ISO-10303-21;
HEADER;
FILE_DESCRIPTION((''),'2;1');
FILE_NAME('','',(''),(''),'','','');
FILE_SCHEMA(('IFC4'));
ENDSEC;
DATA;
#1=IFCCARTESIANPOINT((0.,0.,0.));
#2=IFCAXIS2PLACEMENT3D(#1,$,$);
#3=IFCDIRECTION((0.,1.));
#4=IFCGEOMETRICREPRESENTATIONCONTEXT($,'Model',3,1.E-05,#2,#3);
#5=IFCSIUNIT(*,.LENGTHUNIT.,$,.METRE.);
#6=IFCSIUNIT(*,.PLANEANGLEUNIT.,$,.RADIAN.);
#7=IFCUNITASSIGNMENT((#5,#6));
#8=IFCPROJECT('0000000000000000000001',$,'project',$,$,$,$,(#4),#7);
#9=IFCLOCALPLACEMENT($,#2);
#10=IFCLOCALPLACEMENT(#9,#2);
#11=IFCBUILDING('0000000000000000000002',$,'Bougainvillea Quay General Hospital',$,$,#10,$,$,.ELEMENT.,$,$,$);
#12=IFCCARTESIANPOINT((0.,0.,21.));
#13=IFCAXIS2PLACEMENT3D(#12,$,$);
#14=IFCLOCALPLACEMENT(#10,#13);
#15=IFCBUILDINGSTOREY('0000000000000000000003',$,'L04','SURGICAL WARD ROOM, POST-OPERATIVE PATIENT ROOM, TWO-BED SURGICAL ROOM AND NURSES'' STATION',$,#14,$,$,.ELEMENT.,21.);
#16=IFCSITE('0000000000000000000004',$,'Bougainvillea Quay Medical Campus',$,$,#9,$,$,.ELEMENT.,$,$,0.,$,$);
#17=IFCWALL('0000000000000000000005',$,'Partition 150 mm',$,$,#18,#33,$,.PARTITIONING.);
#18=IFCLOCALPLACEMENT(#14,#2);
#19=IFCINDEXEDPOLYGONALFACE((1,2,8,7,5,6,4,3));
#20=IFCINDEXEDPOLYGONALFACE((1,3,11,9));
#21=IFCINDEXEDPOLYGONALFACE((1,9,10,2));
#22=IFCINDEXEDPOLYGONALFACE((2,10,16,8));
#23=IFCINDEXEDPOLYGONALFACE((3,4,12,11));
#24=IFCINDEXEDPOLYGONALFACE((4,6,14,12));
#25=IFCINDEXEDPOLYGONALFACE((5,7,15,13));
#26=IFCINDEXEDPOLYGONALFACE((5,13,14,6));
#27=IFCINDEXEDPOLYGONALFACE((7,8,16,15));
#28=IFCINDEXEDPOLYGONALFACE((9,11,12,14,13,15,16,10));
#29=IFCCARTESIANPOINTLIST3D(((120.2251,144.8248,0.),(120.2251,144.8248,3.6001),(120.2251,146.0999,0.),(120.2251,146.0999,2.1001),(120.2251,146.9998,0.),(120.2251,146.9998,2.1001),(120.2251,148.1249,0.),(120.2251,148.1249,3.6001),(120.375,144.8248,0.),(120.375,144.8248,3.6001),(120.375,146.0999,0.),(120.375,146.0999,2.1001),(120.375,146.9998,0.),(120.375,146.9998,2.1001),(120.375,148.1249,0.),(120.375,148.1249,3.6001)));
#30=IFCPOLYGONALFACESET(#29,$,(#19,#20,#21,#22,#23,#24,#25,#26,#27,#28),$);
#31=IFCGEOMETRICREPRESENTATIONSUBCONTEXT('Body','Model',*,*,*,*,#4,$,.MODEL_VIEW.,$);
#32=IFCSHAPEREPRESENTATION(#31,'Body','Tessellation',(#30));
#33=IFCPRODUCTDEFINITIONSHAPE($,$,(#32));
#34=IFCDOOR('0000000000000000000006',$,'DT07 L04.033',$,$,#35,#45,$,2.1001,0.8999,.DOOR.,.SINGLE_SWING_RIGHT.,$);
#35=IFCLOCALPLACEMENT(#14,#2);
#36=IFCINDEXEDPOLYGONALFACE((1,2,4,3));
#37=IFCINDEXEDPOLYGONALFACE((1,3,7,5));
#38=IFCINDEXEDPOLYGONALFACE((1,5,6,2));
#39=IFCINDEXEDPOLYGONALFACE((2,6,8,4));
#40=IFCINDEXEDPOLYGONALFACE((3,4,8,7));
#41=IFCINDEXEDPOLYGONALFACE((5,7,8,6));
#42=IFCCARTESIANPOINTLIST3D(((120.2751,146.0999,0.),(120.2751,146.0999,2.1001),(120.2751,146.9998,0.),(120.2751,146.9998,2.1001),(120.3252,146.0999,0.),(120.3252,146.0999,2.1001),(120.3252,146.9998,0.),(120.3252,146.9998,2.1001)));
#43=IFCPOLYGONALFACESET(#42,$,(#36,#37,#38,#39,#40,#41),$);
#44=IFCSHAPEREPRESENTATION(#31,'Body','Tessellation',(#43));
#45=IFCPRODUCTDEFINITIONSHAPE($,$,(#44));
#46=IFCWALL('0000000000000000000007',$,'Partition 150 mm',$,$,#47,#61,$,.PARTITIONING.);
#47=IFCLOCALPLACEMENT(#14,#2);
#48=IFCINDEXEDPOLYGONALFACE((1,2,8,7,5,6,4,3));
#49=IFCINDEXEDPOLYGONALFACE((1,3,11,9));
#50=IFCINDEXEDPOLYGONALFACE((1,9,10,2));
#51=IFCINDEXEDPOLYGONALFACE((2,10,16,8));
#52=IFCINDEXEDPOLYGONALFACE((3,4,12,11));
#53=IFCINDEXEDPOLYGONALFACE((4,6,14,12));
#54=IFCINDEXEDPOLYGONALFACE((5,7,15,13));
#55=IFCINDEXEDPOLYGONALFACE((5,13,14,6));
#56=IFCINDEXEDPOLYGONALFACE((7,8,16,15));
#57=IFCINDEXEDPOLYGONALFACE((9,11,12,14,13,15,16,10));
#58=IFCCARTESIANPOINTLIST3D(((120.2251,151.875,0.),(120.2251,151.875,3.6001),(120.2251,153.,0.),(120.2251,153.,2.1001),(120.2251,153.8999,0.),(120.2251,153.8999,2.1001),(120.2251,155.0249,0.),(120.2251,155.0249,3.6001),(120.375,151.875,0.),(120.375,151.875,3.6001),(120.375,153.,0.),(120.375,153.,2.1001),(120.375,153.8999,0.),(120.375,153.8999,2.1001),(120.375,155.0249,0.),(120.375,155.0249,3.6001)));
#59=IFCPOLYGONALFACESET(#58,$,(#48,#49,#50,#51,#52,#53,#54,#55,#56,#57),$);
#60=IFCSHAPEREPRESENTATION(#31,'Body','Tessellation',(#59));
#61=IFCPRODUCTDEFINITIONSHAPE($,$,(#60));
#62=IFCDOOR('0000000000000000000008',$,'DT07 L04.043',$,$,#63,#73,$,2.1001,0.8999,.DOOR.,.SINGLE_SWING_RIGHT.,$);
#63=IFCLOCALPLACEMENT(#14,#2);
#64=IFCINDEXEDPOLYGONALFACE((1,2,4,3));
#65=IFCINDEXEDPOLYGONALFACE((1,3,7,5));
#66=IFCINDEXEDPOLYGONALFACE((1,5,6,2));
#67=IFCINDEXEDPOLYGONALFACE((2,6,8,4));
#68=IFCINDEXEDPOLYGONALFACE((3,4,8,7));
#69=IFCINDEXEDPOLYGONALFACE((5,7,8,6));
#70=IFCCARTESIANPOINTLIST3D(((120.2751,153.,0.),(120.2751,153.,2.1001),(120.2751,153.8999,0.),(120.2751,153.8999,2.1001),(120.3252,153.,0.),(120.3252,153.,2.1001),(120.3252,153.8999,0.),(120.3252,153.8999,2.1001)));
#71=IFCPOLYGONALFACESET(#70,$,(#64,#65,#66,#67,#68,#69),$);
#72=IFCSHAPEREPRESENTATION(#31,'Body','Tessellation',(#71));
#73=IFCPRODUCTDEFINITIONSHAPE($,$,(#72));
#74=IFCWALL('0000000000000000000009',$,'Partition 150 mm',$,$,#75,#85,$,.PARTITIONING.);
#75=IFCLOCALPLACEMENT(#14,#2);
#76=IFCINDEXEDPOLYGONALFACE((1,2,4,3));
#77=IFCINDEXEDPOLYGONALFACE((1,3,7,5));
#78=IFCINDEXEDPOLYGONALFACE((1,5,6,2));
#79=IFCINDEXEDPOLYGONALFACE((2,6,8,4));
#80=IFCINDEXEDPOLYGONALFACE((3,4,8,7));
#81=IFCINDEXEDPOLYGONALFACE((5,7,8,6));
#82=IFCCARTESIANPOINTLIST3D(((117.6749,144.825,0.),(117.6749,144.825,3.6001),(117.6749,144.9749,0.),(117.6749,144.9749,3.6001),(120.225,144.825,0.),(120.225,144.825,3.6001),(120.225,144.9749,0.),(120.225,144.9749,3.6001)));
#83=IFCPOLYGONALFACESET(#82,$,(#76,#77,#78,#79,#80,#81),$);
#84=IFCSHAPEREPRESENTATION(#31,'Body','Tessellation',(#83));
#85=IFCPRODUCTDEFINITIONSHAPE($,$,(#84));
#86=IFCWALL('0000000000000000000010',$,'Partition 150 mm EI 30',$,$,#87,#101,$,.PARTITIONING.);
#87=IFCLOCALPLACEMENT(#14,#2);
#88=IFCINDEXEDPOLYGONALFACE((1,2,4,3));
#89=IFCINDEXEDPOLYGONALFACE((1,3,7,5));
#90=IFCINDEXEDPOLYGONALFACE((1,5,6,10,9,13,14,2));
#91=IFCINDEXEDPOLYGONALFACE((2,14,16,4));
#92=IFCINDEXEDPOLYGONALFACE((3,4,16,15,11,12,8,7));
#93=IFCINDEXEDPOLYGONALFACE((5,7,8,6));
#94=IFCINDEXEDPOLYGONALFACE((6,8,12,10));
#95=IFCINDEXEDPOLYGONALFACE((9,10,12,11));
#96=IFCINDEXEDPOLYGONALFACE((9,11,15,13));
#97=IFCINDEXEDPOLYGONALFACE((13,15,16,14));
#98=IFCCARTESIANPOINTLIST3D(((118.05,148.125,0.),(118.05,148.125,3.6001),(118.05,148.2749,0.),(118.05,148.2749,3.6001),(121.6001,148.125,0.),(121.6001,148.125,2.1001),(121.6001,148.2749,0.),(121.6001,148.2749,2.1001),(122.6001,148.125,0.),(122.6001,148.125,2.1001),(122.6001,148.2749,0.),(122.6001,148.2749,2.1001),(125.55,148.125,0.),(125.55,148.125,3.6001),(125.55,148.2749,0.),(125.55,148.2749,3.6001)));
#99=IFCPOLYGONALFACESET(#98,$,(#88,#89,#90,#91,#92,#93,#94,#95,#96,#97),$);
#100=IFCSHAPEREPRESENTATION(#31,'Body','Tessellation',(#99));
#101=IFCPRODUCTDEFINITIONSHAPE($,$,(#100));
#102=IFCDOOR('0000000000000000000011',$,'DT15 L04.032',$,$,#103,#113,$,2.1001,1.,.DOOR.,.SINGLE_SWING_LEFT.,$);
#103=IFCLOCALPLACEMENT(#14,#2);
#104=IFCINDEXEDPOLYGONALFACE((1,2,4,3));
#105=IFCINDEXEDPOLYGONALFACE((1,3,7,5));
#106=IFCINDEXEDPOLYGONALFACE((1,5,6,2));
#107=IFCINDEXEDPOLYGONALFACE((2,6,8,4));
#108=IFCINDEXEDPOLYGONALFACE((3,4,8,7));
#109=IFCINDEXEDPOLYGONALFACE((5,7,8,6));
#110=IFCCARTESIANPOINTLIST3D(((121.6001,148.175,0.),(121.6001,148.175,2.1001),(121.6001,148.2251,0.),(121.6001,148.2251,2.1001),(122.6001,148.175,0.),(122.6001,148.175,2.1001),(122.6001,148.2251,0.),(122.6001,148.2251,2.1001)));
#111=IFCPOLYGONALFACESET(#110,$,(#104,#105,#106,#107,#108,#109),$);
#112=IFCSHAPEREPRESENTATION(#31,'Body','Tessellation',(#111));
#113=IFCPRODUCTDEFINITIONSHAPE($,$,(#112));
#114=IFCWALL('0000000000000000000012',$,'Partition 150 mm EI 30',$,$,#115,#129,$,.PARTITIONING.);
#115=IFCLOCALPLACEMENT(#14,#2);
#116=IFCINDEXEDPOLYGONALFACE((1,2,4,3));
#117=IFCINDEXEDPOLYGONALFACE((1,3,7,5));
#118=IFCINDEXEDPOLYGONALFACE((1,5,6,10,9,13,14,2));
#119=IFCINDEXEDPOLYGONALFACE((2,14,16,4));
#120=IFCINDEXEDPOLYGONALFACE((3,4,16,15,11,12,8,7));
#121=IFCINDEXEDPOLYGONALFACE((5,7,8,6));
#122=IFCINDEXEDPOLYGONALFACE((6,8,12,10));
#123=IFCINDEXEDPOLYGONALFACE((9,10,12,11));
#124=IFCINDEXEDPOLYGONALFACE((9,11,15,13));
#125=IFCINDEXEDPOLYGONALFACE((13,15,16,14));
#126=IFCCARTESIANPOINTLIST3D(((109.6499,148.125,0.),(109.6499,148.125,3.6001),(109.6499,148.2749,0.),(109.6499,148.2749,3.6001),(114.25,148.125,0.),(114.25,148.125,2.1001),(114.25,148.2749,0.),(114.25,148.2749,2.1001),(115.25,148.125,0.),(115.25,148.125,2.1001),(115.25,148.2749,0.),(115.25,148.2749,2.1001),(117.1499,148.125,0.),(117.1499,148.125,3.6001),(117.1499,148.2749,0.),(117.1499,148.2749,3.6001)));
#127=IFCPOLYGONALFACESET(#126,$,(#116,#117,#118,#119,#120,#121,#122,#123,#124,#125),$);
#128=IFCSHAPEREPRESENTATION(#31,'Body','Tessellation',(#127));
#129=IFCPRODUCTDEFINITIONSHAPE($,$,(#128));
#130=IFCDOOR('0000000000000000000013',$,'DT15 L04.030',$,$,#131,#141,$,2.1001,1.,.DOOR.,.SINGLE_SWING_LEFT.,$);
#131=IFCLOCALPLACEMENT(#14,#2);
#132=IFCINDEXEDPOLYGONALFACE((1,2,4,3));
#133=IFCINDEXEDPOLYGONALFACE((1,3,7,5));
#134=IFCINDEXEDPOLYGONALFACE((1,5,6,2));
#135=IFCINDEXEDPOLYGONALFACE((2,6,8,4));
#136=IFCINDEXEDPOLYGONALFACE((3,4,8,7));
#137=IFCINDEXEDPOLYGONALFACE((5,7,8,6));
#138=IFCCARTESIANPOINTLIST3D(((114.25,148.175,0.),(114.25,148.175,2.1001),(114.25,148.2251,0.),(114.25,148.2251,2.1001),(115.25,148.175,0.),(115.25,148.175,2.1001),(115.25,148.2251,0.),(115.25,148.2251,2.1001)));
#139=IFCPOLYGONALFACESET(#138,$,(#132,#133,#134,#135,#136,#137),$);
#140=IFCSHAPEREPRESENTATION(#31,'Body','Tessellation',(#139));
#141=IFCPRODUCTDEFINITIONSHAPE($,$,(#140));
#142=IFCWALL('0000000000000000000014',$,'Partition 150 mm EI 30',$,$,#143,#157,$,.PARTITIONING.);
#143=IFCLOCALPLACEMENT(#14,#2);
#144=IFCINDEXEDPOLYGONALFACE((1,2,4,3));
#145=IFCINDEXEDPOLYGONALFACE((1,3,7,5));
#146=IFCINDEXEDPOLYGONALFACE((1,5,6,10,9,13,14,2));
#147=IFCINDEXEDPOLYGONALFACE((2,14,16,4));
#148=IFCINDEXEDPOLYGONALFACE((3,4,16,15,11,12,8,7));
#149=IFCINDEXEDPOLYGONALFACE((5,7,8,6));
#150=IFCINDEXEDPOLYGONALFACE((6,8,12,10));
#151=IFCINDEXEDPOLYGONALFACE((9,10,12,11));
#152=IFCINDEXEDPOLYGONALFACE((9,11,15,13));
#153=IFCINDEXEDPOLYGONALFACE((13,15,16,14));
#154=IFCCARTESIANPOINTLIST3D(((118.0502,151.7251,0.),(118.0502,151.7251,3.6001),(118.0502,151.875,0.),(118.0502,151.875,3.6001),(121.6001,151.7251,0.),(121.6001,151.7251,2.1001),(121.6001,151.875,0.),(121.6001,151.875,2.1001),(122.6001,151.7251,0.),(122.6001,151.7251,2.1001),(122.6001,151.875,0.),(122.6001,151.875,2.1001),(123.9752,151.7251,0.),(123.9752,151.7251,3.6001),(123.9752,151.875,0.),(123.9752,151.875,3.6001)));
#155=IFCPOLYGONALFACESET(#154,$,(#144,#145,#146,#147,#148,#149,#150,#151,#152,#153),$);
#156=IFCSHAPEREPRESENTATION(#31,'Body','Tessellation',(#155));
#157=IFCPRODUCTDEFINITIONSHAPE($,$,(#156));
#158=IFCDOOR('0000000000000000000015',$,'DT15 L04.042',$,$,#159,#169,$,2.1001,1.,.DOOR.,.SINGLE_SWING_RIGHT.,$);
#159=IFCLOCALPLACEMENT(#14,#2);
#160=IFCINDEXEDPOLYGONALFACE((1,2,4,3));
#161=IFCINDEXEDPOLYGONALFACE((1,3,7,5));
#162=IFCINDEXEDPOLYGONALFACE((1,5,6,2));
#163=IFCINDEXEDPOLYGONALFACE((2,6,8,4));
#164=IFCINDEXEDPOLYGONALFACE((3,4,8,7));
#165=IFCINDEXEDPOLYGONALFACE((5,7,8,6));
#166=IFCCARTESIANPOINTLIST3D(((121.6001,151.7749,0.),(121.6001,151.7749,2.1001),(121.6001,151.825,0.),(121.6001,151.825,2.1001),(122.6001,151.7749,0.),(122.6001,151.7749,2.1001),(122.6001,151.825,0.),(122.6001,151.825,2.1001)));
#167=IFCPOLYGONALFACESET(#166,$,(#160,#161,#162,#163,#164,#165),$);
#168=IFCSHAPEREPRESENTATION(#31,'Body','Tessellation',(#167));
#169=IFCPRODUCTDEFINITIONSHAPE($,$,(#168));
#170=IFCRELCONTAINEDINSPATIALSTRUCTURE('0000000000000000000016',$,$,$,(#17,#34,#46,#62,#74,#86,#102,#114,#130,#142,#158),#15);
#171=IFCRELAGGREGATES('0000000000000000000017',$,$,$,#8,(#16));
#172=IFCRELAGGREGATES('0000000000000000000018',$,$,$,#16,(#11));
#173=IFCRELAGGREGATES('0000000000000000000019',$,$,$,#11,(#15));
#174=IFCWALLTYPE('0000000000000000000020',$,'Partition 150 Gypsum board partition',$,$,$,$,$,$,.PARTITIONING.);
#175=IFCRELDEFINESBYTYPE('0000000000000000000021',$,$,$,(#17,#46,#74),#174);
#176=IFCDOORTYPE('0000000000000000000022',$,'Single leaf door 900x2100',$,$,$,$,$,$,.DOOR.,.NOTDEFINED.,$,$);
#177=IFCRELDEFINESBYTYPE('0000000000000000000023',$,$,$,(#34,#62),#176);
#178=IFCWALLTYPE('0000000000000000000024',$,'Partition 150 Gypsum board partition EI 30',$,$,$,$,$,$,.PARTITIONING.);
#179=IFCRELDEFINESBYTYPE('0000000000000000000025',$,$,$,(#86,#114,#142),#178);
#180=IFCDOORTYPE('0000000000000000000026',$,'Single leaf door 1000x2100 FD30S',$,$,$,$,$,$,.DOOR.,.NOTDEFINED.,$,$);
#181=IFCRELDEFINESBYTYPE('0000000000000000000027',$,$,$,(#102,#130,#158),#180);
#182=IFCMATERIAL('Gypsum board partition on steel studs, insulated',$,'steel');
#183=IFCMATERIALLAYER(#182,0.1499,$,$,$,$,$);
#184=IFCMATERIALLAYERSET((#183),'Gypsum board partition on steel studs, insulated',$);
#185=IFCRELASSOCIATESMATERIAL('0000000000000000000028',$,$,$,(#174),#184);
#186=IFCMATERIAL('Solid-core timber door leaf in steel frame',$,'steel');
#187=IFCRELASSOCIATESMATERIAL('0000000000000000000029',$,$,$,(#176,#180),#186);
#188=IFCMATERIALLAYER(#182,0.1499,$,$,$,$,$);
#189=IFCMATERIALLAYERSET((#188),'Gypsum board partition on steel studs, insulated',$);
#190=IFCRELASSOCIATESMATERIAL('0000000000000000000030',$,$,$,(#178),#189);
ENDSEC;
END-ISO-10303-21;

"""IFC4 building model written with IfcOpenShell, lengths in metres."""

from ifc_helpers import new_model, si_unit, direction, frame, frame_2d, origin, place, context, subcontext, project, spatial, rectangle, extrude, material, layer, layer_set, type_object, element, fill, save


model = new_model("IFC4")

# Units and contexts
model_context = context("Model", 3, precision=1e-05, world=origin(), true_north=direction((0.0, 1.0)))
body_context = subcontext(model_context, "Body", "Model", "MODEL_VIEW")
ifc_project = project(units=[si_unit("LENGTHUNIT", "METRE"), si_unit("PLANEANGLEUNIT", "RADIAN")], contexts=[model_context])

# Site, building, storey
site_placement = place(None, origin())
site = spatial("IfcSite", under=ifc_project, at=site_placement, Name="Bougainvillea Quay Medical Campus", CompositionType="ELEMENT", RefElevation=0.0)
building_placement = place(site_placement, origin())
building = spatial("IfcBuilding", under=site, at=building_placement, Name="Bougainvillea Quay General Hospital", CompositionType="ELEMENT")
storey_placement = place(building_placement, frame((0.0, 0.0, 21.0)))
storey = spatial("IfcBuildingStorey", under=building, at=storey_placement, Name="L04", Description="SURGICAL WARD ROOM, POST-OPERATIVE PATIENT ROOM, TWO-BED SURGICAL ROOM AND NURSES' STATION", CompositionType="ELEMENT", Elevation=21.0)

# Shared definitions
ifc_material_1 = material(Name="Gypsum board partition on steel studs, insulated", Category="steel")
ifc_layer_1 = layer(ifc_material_1, 0.1499)
ifc_layer_set_1 = layer_set([ifc_layer_1], Name="Gypsum board partition on steel studs, insulated")
wall_type_1 = type_object("IfcWallType", Name="Partition 150 Gypsum board partition", PredefinedType="PARTITIONING", material=ifc_layer_set_1)

# Walls, openings, doors
ifc_material_2 = material(Name="Solid-core timber door leaf in steel frame", Category="steel")
door_type_1 = type_object("IfcDoorType", Name="Single leaf door 900x2100", OperationType="NOTDEFINED", PredefinedType="DOOR", material=ifc_material_2)
wall_1_placement = place(storey_placement, frame((120.3, 144.825, 0.0), z_axis=(0.0, 0.0, 1.0), x_axis=(0.0, 1.0, 0.0)))
wall_1 = element("IfcWall", 1, at=wall_1_placement, inside=storey, type_object=wall_type_1, Name="Partition 150 mm", PredefinedType="PARTITIONING", context=body_context, shape_type="SweptSolid", body=[
    extrude(rectangle(XDim=3.3, YDim=0.1499, at=frame_2d((1.6499, 0.0))), origin(), (0.0, 0.0, 1.0), 3.6001),
])
opening_1_placement = place(wall_1_placement, frame((1.2749, 0.0, 0.0)))
opening_1 = element("IfcOpeningElement", 2, at=opening_1_placement, cuts=wall_1, PredefinedType="OPENING", context=body_context, shape_type="SweptSolid", body=[
    extrude(rectangle(XDim=0.8999, YDim=2.1001, at=frame_2d((0.45, 1.05))), frame((0.0, 0.085, 0.0), z_axis=(0.0, -1.0, 0.0), x_axis=(1.0, 0.0, 0.0)), (0.0, 0.0, 1.0), 0.1699),
])
door_1_placement = place(opening_1_placement, origin())
door_1 = element("IfcDoor", 3, at=door_1_placement, inside=storey, type_object=door_type_1, Name="DT07 L04.033", OperationType="SINGLE_SWING_RIGHT", OverallHeight=2.1001, OverallWidth=0.8999, PredefinedType="DOOR", context=body_context, shape_type="SweptSolid", body=[
    extrude(rectangle(XDim=0.8999, YDim=2.1001, at=frame_2d((0.45, 1.05))), frame((0.0, 0.0249, 0.0), z_axis=(0.0, -1.0, 0.0), x_axis=(1.0, 0.0, 0.0)), (0.0, 0.0, 1.0), 0.05),
])
fill(opening_1, door_1)
wall_2_placement = place(storey_placement, frame((120.3, 151.875, 0.0), z_axis=(0.0, 0.0, 1.0), x_axis=(0.0, 1.0, 0.0)))
wall_2 = element("IfcWall", 4, at=wall_2_placement, inside=storey, type_object=wall_type_1, Name="Partition 150 mm", PredefinedType="PARTITIONING", context=body_context, shape_type="SweptSolid", body=[
    extrude(rectangle(XDim=3.1499, YDim=0.1499, at=frame_2d((1.575, 0.0))), origin(), (0.0, 0.0, 1.0), 3.6001),
])
opening_2_placement = place(wall_2_placement, frame((1.125, 0.0, 0.0)))
opening_2 = element("IfcOpeningElement", 5, at=opening_2_placement, cuts=wall_2, PredefinedType="OPENING", context=body_context, shape_type="SweptSolid", body=[
    extrude(rectangle(XDim=0.8999, YDim=2.1001, at=frame_2d((0.45, 1.05))), frame((0.0, 0.085, 0.0), z_axis=(0.0, -1.0, 0.0), x_axis=(1.0, 0.0, 0.0)), (0.0, 0.0, 1.0), 0.1699),
])
door_2_placement = place(opening_2_placement, origin())
door_2 = element("IfcDoor", 6, at=door_2_placement, inside=storey, type_object=door_type_1, Name="DT07 L04.043", OperationType="SINGLE_SWING_RIGHT", OverallHeight=2.1001, OverallWidth=0.8999, PredefinedType="DOOR", context=body_context, shape_type="SweptSolid", body=[
    extrude(rectangle(XDim=0.8999, YDim=2.1001, at=frame_2d((0.45, 1.05))), frame((0.0, 0.0249, 0.0), z_axis=(0.0, -1.0, 0.0), x_axis=(1.0, 0.0, 0.0)), (0.0, 0.0, 1.0), 0.05),
])
fill(opening_2, door_2)

# Wall
wall_3_placement = place(storey_placement, frame((117.675, 144.8999, 0.0), z_axis=(0.0, 0.0, 1.0), x_axis=(1.0, 0.0, 0.0)))
element("IfcWall", 7, at=wall_3_placement, inside=storey, type_object=wall_type_1, Name="Partition 150 mm", PredefinedType="PARTITIONING", context=body_context, shape_type="SweptSolid", body=[
    extrude(rectangle(XDim=2.55, YDim=0.1499, at=frame_2d((1.2749, 0.0))), origin(), (0.0, 0.0, 1.0), 3.6001),
])

# Walls, openings, doors
ifc_layer_2 = layer(ifc_material_1, 0.1499)
ifc_layer_set_2 = layer_set([ifc_layer_2], Name="Gypsum board partition on steel studs, insulated")
wall_type_2 = type_object("IfcWallType", Name="Partition 150 Gypsum board partition EI 30", PredefinedType="PARTITIONING", material=ifc_layer_set_2)
wall_4_placement = place(storey_placement, frame((125.55, 148.2, 0.0), z_axis=(0.0, 0.0, 1.0), x_axis=(-1.0, 0.0, 0.0)))
wall_4 = element("IfcWall", 8, at=wall_4_placement, inside=storey, type_object=wall_type_2, Name="Partition 150 mm EI 30", PredefinedType="PARTITIONING", context=body_context, shape_type="SweptSolid", body=[
    extrude(rectangle(XDim=7.5, YDim=0.1499, at=frame_2d((3.75, 0.0))), origin(), (0.0, 0.0, 1.0), 3.6001),
])
opening_3_placement = place(wall_4_placement, frame((2.95, 0.0, 0.0)))
opening_3 = element("IfcOpeningElement", 9, at=opening_3_placement, cuts=wall_4, PredefinedType="OPENING", context=body_context, shape_type="SweptSolid", body=[
    extrude(rectangle(XDim=1.0, YDim=2.1001, at=frame_2d((0.5, 1.05))), frame((0.0, 0.085, 0.0), z_axis=(0.0, -1.0, 0.0), x_axis=(1.0, 0.0, 0.0)), (0.0, 0.0, 1.0), 0.1699),
])
door_type_2 = type_object("IfcDoorType", Name="Single leaf door 1000x2100 FD30S", OperationType="NOTDEFINED", PredefinedType="DOOR", material=ifc_material_2)
door_3_placement = place(opening_3_placement, origin())
door_3 = element("IfcDoor", 10, at=door_3_placement, inside=storey, type_object=door_type_2, Name="DT15 L04.032", OperationType="SINGLE_SWING_LEFT", OverallHeight=2.1001, OverallWidth=1.0, PredefinedType="DOOR", context=body_context, shape_type="SweptSolid", body=[
    extrude(rectangle(XDim=1.0, YDim=2.1001, at=frame_2d((0.5, 1.05))), frame((0.0, 0.0249, 0.0), z_axis=(0.0, -1.0, 0.0), x_axis=(1.0, 0.0, 0.0)), (0.0, 0.0, 1.0), 0.05),
])
fill(opening_3, door_3)
wall_5_placement = place(storey_placement, frame((117.1499, 148.2, 0.0), z_axis=(0.0, 0.0, 1.0), x_axis=(-1.0, 0.0, 0.0)))
wall_5 = element("IfcWall", 11, at=wall_5_placement, inside=storey, type_object=wall_type_2, Name="Partition 150 mm EI 30", PredefinedType="PARTITIONING", context=body_context, shape_type="SweptSolid", body=[
    extrude(rectangle(XDim=7.5, YDim=0.1499, at=frame_2d((3.75, 0.0))), origin(), (0.0, 0.0, 1.0), 3.6001),
])
opening_4_placement = place(wall_5_placement, frame((1.8999, 0.0, 0.0)))
opening_4 = element("IfcOpeningElement", 12, at=opening_4_placement, cuts=wall_5, PredefinedType="OPENING", context=body_context, shape_type="SweptSolid", body=[
    extrude(rectangle(XDim=1.0, YDim=2.1001, at=frame_2d((0.5, 1.05))), frame((0.0, 0.085, 0.0), z_axis=(0.0, -1.0, 0.0), x_axis=(1.0, 0.0, 0.0)), (0.0, 0.0, 1.0), 0.1699),
])
door_4_placement = place(opening_4_placement, origin())
door_4 = element("IfcDoor", 13, at=door_4_placement, inside=storey, type_object=door_type_2, Name="DT15 L04.030", OperationType="SINGLE_SWING_LEFT", OverallHeight=2.1001, OverallWidth=1.0, PredefinedType="DOOR", context=body_context, shape_type="SweptSolid", body=[
    extrude(rectangle(XDim=1.0, YDim=2.1001, at=frame_2d((0.5, 1.05))), frame((0.0, 0.0249, 0.0), z_axis=(0.0, -1.0, 0.0), x_axis=(1.0, 0.0, 0.0)), (0.0, 0.0, 1.0), 0.05),
])
fill(opening_4, door_4)
wall_6_placement = place(storey_placement, frame((123.9751, 151.8, 0.0), z_axis=(0.0, 0.0, 1.0), x_axis=(-1.0, 0.0, 0.0)))
wall_6 = element("IfcWall", 14, at=wall_6_placement, inside=storey, type_object=wall_type_2, Name="Partition 150 mm EI 30", PredefinedType="PARTITIONING", context=body_context, shape_type="SweptSolid", body=[
    extrude(rectangle(XDim=5.925, YDim=0.1499, at=frame_2d((2.9624, 0.0))), origin(), (0.0, 0.0, 1.0), 3.6001),
])
opening_5_placement = place(wall_6_placement, frame((1.375, 0.0, 0.0)))
opening_5 = element("IfcOpeningElement", 15, at=opening_5_placement, cuts=wall_6, PredefinedType="OPENING", context=body_context, shape_type="SweptSolid", body=[
    extrude(rectangle(XDim=1.0, YDim=2.1001, at=frame_2d((0.5, 1.05))), frame((0.0, 0.085, 0.0), z_axis=(0.0, -1.0, 0.0), x_axis=(1.0, 0.0, 0.0)), (0.0, 0.0, 1.0), 0.1699),
])
door_5_placement = place(opening_5_placement, frame((1.0, 0.0, 0.0), z_axis=(0.0, 0.0, 1.0), x_axis=(-1.0, 0.0, 0.0)))
door_5 = element("IfcDoor", 16, at=door_5_placement, inside=storey, type_object=door_type_2, Name="DT15 L04.042", OperationType="SINGLE_SWING_RIGHT", OverallHeight=2.1001, OverallWidth=1.0, PredefinedType="DOOR", context=body_context, shape_type="SweptSolid", body=[
    extrude(rectangle(XDim=1.0, YDim=2.1001, at=frame_2d((0.5, 1.05))), frame((0.0, 0.0249, 0.0), z_axis=(0.0, -1.0, 0.0), x_axis=(1.0, 0.0, 0.0)), (0.0, 0.0, 1.0), 0.05),
])
fill(opening_5, door_5)

save(model, "model.ifc")
